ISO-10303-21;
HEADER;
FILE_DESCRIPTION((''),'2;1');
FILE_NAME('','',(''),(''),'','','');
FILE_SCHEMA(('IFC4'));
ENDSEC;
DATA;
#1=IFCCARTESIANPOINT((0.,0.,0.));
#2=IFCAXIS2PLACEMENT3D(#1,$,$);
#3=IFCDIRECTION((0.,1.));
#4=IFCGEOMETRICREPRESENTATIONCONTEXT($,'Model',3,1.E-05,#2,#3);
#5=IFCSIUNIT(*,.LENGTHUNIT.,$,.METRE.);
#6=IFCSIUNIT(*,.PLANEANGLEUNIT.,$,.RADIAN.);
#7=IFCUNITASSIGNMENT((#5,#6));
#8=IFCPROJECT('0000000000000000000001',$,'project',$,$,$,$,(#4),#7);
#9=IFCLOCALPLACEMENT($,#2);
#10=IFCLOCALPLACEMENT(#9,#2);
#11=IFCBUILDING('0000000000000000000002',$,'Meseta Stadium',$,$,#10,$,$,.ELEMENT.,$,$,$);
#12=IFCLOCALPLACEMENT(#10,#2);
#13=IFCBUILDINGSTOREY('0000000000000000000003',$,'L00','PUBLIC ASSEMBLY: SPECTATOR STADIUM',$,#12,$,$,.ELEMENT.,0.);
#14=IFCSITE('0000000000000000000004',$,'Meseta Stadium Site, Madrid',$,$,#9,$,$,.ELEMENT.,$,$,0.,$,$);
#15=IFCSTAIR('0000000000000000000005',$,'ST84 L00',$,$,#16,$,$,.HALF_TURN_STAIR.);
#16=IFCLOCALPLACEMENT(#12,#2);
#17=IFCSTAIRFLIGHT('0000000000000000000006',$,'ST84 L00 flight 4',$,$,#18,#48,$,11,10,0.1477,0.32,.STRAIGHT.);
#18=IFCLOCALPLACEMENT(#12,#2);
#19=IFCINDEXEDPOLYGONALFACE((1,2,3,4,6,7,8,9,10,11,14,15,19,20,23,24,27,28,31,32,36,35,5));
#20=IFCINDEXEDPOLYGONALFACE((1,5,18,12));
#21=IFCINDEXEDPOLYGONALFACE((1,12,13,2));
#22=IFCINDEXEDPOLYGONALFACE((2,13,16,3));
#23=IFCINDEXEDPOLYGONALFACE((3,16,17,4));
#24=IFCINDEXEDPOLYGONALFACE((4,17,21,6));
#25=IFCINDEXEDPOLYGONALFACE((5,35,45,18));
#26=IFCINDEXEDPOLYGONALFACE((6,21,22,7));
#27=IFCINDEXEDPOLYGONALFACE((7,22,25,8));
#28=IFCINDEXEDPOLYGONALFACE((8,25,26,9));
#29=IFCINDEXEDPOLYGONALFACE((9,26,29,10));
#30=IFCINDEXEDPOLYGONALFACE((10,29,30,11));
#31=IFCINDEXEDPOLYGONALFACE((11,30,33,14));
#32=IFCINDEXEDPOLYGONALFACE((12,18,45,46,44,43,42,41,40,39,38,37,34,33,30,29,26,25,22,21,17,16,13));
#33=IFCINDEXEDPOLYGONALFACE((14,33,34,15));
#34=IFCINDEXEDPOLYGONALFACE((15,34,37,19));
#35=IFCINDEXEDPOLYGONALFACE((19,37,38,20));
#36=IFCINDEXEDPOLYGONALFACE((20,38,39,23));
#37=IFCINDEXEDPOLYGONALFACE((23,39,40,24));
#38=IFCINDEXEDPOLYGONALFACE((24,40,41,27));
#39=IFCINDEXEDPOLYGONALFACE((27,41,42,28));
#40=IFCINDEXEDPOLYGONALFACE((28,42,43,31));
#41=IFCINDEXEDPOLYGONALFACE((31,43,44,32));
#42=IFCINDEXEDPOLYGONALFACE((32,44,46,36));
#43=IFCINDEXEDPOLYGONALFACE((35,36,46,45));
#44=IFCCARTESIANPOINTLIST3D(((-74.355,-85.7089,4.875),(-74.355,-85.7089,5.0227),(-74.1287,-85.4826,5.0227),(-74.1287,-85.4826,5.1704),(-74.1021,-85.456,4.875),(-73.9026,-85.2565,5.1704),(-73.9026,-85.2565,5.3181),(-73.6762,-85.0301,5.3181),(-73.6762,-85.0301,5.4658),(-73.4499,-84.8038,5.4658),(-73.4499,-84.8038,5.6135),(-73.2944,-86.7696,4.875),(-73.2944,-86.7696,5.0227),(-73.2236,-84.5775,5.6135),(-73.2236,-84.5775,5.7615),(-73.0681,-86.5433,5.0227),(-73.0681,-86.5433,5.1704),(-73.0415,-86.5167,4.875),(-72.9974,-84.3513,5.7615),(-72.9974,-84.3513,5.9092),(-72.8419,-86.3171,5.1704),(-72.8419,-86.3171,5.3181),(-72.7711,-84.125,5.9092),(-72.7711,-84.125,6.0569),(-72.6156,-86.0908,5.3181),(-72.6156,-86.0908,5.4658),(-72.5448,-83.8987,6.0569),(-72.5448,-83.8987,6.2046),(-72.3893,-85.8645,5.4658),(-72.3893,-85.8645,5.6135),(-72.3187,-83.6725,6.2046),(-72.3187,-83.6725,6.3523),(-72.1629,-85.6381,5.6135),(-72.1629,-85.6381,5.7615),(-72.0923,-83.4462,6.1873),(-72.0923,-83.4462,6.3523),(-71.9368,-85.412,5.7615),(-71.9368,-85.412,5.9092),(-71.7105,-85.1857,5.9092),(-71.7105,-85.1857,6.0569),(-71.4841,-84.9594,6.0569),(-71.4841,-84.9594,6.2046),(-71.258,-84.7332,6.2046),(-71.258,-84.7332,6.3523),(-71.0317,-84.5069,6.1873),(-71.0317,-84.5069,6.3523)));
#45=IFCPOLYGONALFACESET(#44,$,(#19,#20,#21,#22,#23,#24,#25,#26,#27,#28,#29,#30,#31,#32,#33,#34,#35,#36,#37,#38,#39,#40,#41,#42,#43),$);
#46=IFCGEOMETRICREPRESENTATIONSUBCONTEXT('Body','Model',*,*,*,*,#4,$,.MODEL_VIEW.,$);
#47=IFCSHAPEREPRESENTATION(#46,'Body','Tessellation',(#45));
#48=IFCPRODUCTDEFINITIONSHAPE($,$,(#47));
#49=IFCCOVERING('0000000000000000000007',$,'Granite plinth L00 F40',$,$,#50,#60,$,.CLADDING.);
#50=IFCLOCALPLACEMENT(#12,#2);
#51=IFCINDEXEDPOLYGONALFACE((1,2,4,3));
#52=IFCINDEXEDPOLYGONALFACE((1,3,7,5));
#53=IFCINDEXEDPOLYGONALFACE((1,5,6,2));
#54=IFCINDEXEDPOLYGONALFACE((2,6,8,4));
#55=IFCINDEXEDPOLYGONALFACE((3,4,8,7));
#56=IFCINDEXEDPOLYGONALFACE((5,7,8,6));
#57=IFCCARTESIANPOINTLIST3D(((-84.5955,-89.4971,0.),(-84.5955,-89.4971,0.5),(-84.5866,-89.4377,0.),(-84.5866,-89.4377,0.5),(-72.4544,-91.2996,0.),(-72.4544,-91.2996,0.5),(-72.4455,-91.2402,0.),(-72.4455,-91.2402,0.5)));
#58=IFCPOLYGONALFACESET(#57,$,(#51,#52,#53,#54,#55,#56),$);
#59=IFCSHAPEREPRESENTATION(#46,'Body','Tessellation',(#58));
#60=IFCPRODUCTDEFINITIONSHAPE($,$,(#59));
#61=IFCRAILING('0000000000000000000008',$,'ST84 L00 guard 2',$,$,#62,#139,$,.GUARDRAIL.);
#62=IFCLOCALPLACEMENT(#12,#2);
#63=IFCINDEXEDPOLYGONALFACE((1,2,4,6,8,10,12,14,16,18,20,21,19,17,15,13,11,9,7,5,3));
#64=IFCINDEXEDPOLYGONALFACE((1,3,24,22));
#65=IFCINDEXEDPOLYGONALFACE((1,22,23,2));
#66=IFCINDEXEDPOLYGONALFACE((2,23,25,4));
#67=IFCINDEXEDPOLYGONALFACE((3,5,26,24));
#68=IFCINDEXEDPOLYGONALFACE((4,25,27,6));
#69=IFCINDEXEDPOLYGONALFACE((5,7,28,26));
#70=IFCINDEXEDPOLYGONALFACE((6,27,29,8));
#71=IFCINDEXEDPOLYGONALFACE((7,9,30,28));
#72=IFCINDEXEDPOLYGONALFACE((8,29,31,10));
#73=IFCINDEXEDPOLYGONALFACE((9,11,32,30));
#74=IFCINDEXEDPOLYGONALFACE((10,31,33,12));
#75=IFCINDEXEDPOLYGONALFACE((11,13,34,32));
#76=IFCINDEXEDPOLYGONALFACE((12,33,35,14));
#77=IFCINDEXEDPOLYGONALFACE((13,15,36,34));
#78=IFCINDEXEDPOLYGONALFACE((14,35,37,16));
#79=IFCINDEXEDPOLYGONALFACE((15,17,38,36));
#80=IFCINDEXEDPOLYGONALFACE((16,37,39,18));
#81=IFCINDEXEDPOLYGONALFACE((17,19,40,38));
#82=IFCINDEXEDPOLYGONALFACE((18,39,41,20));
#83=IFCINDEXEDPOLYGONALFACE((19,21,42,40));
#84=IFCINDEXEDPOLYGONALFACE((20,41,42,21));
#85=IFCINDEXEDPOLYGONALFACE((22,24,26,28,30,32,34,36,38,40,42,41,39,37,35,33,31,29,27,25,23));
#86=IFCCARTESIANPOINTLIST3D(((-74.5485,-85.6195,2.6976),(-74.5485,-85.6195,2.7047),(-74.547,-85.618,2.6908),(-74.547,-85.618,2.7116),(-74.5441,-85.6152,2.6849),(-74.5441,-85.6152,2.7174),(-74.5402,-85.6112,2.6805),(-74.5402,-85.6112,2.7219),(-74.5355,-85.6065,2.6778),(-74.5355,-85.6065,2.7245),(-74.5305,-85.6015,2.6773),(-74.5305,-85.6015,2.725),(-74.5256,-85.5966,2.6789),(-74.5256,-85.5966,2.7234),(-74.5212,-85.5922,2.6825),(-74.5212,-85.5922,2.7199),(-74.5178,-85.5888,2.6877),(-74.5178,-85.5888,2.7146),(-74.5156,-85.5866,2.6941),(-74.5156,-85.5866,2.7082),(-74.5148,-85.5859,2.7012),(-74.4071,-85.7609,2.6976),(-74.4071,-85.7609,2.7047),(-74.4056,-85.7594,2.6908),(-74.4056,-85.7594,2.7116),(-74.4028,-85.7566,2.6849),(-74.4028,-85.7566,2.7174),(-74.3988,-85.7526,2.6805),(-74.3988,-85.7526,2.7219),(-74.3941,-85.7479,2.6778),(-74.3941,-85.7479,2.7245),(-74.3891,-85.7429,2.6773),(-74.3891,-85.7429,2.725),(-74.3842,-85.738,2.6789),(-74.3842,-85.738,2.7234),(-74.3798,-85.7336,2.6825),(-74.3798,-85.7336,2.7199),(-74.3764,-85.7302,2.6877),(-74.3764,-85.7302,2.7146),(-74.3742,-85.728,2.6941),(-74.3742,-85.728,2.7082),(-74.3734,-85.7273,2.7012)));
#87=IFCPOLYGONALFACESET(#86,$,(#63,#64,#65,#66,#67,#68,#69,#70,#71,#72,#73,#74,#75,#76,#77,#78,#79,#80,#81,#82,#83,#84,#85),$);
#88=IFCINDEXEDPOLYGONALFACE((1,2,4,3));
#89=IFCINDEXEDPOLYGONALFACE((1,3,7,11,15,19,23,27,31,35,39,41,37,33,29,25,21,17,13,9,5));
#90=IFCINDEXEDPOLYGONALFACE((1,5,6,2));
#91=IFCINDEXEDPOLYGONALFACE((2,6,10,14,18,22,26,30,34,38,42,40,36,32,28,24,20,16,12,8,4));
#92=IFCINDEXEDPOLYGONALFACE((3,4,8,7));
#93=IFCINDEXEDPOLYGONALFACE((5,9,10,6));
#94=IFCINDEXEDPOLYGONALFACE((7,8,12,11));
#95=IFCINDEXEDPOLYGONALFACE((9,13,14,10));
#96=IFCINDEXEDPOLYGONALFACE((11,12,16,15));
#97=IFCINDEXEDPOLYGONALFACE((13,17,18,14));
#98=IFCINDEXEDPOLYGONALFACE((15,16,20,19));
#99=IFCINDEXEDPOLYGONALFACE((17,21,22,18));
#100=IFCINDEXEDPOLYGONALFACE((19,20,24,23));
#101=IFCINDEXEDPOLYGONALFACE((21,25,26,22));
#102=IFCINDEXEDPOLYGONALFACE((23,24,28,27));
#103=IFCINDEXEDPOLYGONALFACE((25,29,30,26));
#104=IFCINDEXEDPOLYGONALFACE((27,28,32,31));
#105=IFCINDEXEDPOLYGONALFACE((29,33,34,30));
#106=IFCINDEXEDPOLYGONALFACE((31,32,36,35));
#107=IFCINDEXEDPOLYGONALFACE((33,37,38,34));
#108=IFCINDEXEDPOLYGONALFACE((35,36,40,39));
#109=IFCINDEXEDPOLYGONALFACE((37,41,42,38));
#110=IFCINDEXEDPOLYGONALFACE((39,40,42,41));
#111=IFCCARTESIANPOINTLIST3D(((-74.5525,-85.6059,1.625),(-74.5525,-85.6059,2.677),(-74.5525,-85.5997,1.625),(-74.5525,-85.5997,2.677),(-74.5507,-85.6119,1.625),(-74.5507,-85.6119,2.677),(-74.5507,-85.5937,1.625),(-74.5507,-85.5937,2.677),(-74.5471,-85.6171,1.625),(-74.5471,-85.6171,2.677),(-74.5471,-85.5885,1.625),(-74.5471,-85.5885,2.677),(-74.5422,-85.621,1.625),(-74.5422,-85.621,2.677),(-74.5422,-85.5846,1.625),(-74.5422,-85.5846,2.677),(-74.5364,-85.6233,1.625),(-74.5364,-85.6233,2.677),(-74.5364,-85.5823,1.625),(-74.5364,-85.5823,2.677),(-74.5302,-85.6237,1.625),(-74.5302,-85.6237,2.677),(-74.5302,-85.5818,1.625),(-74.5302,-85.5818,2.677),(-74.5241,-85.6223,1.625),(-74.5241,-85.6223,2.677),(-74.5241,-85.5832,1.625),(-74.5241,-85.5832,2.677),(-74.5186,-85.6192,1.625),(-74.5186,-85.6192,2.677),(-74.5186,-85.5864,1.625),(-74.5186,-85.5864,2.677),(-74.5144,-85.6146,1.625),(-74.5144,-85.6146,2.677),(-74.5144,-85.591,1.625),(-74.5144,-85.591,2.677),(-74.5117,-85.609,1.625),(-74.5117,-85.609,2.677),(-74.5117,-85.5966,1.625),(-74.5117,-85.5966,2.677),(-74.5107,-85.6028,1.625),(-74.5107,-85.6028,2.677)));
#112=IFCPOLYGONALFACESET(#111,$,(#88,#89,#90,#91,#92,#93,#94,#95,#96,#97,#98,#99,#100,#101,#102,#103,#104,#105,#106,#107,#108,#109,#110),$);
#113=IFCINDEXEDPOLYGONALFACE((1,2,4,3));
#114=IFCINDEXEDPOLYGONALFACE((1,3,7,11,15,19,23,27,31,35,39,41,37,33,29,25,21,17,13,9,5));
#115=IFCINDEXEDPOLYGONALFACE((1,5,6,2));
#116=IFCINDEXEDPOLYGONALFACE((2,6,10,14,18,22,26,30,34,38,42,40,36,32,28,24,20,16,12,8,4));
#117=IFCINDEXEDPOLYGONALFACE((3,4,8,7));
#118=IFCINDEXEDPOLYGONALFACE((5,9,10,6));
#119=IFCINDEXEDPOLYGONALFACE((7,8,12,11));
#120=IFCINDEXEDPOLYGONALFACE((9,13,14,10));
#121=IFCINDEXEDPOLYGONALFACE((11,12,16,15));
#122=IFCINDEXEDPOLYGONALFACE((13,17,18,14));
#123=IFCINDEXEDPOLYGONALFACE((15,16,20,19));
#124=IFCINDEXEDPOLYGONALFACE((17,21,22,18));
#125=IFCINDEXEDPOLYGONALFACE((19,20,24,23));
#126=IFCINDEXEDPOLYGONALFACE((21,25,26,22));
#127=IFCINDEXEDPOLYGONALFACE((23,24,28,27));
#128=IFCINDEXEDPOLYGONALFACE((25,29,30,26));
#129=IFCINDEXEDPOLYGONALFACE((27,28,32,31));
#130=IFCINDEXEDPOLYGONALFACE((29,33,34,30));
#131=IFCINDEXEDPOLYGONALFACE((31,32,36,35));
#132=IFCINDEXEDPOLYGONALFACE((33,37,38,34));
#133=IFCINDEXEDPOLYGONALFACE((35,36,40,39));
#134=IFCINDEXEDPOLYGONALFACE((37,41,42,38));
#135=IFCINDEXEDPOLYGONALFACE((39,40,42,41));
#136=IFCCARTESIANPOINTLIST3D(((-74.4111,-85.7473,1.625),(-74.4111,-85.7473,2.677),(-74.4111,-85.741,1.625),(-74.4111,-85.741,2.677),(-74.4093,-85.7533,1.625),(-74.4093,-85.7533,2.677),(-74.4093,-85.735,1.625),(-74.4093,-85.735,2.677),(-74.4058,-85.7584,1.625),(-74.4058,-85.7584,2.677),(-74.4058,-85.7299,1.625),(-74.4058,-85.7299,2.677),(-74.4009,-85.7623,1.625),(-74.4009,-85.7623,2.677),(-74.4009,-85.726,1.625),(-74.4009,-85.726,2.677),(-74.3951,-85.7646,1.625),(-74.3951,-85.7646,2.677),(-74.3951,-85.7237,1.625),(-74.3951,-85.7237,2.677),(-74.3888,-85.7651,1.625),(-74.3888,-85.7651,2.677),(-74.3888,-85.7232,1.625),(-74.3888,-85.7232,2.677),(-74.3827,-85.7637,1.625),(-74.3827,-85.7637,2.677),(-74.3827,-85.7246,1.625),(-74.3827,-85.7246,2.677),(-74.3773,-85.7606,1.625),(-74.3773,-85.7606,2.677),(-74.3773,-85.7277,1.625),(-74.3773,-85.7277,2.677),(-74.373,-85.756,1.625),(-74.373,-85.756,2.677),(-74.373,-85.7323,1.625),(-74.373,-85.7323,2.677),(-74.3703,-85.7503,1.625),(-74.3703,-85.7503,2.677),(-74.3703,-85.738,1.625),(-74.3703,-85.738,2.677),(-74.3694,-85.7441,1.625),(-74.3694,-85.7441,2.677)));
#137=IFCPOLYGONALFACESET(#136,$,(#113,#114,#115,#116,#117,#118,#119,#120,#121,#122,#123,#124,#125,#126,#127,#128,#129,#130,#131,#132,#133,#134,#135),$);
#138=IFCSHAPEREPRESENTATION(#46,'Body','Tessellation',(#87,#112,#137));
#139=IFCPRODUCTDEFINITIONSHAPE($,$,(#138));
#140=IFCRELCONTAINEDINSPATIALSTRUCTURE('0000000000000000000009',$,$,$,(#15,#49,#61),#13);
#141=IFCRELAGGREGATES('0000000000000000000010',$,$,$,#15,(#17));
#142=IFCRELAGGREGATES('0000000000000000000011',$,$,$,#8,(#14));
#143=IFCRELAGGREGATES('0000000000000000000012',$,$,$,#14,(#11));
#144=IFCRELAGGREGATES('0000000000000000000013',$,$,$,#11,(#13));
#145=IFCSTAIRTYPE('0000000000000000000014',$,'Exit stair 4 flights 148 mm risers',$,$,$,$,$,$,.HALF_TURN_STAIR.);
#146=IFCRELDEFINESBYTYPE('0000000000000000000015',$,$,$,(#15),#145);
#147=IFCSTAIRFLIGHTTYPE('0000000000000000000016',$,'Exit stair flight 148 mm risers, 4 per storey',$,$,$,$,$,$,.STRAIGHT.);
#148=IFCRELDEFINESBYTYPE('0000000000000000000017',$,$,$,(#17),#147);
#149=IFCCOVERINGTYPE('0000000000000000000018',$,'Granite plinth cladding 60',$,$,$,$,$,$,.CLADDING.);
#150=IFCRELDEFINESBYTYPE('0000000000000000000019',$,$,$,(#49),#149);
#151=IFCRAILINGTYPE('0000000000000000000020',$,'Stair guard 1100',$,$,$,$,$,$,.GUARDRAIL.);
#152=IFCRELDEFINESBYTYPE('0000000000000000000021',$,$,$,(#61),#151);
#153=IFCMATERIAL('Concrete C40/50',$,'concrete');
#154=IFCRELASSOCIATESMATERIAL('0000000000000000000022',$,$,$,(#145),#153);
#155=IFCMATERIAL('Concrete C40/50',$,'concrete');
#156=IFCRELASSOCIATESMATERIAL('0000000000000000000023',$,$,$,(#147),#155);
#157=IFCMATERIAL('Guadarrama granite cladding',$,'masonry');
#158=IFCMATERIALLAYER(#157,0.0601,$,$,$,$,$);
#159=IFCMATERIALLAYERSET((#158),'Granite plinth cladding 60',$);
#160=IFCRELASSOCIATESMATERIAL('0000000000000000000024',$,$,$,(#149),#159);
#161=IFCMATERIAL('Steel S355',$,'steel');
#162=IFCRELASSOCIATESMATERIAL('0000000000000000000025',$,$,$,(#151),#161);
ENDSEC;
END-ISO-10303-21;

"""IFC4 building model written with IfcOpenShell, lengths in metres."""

from ifc_helpers import new_model, si_unit, direction, frame, origin, origin_2d, place, context, subcontext, project, spatial, polyline, rectangle, circle, outline, extrude, material, layer, layer_set, type_object, element, aggregate, save


model = new_model("IFC4")

# Units and contexts
model_context = context("Model", 3, precision=1e-05, world=origin(), true_north=direction((0.0, 1.0)))
body_context = subcontext(model_context, "Body", "Model", "MODEL_VIEW")
ifc_project = project(units=[si_unit("LENGTHUNIT", "METRE"), si_unit("PLANEANGLEUNIT", "RADIAN")], contexts=[model_context])

# Site, building, storey
site_placement = place(None, origin())
site = spatial("IfcSite", under=ifc_project, at=site_placement, Name="Meseta Stadium Site, Madrid", CompositionType="ELEMENT", RefElevation=0.0)
building_placement = place(site_placement, origin())
building = spatial("IfcBuilding", under=site, at=building_placement, Name="Meseta Stadium", CompositionType="ELEMENT")
storey_placement = place(building_placement, origin())
storey = spatial("IfcBuildingStorey", under=building, at=storey_placement, Name="L00", Description="PUBLIC ASSEMBLY: SPECTATOR STADIUM", CompositionType="ELEMENT", Elevation=0.0)

# Shared definitions
ifc_material_1 = material(Name="Concrete C40/50", Category="concrete")
stair_type = type_object("IfcStairType", Name="Exit stair 4 flights 148 mm risers", PredefinedType="HALF_TURN_STAIR", material=ifc_material_1)
ifc_material_2 = material(Name="Concrete C40/50", Category="concrete")
stair_flight_type = type_object("IfcStairFlightType", Name="Exit stair flight 148 mm risers, 4 per storey", PredefinedType="STRAIGHT", material=ifc_material_2)

# Stair, stair flight
stair_1_placement = place(storey_placement, origin())
stair_1 = element("IfcStair", 1, at=stair_1_placement, inside=storey, type_object=stair_type, Name="ST84 L00", PredefinedType="HALF_TURN_STAIR")
stair_flight_1_placement = place(storey_placement, frame((-73.8247, -86.2393, 4.875), z_axis=(0.0, 0.0, 1.0), x_axis=(0.707107, 0.707107, 0.0)))
stair_flight_1 = element("IfcStairFlight", 2, at=stair_flight_1_placement, type_object=stair_flight_type, Name="ST84 L00 flight 4", NumberOfRisers=11, NumberOfTreads=10, PredefinedType="STRAIGHT", RiserHeight=0.1477, TreadLength=0.32, context=body_context, shape_type="SweptSolid", body=[
    extrude(outline(polyline([(0.0, 0.0), (0.0, 0.1477), (0.3201, 0.1477), (0.3201, 0.2954), (0.6399, 0.2954), (0.6399, 0.4431), (0.96, 0.4431), (0.96, 0.5908), (1.28, 0.5908), (1.28, 0.7385), (1.6001, 0.7385), (1.6001, 0.8865), (1.9199, 0.8865), (1.9199, 1.0342), (2.24, 1.0342), (2.24, 1.1819), (2.5601, 1.1819), (2.5601, 1.3296), (2.8799, 1.3296), (2.8799, 1.4773), (3.2, 1.4773), (3.2, 1.3123), (0.3577, 0.0), (0.0, 0.0)])), frame((0.0, 0.75, 0.0), z_axis=(0.0, -1.0, 0.0), x_axis=(1.0, 0.0, 0.0)), (0.0, 0.0, 1.0), 1.5),
])
aggregate(stair_1, [stair_flight_1])

# Covering
ifc_material_3 = material(Name="Guadarrama granite cladding", Category="masonry")
ifc_layer_1 = layer(ifc_material_3, 0.0601)
ifc_layer_set_1 = layer_set([ifc_layer_1], Name="Granite plinth cladding 60")
covering_type = type_object("IfcCoveringType", Name="Granite plinth cladding 60", PredefinedType="CLADDING", material=ifc_layer_set_1)
covering_placement = place(storey_placement, frame((-78.5205, -90.3687, 0.0), z_axis=(0.0, 0.0, 1.0), x_axis=(-0.989158, 0.146853, 0.0)))
element("IfcCovering", 3, at=covering_placement, inside=storey, type_object=covering_type, Name="Granite plinth L00 F40", PredefinedType="CLADDING", context=body_context, shape_type="SweptSolid", body=[
    extrude(rectangle(XDim=12.2742, YDim=0.0601, at=origin_2d()), origin(), (0.0, 0.0, 1.0), 0.5),
])

# Railing
ifc_material_4 = material(Name="Steel S355", Category="steel")
railing_type_1 = type_object("IfcRailingType", Name="Stair guard 1100", PredefinedType="GUARDRAIL", material=ifc_material_4)
railing_1_placement = place(storey_placement, frame((-74.5317, -85.6028, 1.625)))
element("IfcRailing", 4, at=railing_1_placement, inside=storey, type_object=railing_type_1, Name="ST84 L00 guard 2", PredefinedType="GUARDRAIL", context=body_context, shape_type="SweptSolid", body=[
    extrude(circle(Radius=0.0239, at=origin_2d()), frame((0.0, 0.0, 1.0762), z_axis=(0.707107, -0.707107, 0.0), x_axis=(0.707107, 0.707107, 0.0)), (0.0, 0.0, 1.0), 0.2),
    extrude(circle(Radius=0.021, at=origin_2d()), origin(), (0.0, 0.0, 1.0), 1.052),
    extrude(circle(Radius=0.021, at=origin_2d()), frame((0.1414, -0.1414, 0.0)), (0.0, 0.0, 1.0), 1.052),
])

save(model, "model.ifc")
